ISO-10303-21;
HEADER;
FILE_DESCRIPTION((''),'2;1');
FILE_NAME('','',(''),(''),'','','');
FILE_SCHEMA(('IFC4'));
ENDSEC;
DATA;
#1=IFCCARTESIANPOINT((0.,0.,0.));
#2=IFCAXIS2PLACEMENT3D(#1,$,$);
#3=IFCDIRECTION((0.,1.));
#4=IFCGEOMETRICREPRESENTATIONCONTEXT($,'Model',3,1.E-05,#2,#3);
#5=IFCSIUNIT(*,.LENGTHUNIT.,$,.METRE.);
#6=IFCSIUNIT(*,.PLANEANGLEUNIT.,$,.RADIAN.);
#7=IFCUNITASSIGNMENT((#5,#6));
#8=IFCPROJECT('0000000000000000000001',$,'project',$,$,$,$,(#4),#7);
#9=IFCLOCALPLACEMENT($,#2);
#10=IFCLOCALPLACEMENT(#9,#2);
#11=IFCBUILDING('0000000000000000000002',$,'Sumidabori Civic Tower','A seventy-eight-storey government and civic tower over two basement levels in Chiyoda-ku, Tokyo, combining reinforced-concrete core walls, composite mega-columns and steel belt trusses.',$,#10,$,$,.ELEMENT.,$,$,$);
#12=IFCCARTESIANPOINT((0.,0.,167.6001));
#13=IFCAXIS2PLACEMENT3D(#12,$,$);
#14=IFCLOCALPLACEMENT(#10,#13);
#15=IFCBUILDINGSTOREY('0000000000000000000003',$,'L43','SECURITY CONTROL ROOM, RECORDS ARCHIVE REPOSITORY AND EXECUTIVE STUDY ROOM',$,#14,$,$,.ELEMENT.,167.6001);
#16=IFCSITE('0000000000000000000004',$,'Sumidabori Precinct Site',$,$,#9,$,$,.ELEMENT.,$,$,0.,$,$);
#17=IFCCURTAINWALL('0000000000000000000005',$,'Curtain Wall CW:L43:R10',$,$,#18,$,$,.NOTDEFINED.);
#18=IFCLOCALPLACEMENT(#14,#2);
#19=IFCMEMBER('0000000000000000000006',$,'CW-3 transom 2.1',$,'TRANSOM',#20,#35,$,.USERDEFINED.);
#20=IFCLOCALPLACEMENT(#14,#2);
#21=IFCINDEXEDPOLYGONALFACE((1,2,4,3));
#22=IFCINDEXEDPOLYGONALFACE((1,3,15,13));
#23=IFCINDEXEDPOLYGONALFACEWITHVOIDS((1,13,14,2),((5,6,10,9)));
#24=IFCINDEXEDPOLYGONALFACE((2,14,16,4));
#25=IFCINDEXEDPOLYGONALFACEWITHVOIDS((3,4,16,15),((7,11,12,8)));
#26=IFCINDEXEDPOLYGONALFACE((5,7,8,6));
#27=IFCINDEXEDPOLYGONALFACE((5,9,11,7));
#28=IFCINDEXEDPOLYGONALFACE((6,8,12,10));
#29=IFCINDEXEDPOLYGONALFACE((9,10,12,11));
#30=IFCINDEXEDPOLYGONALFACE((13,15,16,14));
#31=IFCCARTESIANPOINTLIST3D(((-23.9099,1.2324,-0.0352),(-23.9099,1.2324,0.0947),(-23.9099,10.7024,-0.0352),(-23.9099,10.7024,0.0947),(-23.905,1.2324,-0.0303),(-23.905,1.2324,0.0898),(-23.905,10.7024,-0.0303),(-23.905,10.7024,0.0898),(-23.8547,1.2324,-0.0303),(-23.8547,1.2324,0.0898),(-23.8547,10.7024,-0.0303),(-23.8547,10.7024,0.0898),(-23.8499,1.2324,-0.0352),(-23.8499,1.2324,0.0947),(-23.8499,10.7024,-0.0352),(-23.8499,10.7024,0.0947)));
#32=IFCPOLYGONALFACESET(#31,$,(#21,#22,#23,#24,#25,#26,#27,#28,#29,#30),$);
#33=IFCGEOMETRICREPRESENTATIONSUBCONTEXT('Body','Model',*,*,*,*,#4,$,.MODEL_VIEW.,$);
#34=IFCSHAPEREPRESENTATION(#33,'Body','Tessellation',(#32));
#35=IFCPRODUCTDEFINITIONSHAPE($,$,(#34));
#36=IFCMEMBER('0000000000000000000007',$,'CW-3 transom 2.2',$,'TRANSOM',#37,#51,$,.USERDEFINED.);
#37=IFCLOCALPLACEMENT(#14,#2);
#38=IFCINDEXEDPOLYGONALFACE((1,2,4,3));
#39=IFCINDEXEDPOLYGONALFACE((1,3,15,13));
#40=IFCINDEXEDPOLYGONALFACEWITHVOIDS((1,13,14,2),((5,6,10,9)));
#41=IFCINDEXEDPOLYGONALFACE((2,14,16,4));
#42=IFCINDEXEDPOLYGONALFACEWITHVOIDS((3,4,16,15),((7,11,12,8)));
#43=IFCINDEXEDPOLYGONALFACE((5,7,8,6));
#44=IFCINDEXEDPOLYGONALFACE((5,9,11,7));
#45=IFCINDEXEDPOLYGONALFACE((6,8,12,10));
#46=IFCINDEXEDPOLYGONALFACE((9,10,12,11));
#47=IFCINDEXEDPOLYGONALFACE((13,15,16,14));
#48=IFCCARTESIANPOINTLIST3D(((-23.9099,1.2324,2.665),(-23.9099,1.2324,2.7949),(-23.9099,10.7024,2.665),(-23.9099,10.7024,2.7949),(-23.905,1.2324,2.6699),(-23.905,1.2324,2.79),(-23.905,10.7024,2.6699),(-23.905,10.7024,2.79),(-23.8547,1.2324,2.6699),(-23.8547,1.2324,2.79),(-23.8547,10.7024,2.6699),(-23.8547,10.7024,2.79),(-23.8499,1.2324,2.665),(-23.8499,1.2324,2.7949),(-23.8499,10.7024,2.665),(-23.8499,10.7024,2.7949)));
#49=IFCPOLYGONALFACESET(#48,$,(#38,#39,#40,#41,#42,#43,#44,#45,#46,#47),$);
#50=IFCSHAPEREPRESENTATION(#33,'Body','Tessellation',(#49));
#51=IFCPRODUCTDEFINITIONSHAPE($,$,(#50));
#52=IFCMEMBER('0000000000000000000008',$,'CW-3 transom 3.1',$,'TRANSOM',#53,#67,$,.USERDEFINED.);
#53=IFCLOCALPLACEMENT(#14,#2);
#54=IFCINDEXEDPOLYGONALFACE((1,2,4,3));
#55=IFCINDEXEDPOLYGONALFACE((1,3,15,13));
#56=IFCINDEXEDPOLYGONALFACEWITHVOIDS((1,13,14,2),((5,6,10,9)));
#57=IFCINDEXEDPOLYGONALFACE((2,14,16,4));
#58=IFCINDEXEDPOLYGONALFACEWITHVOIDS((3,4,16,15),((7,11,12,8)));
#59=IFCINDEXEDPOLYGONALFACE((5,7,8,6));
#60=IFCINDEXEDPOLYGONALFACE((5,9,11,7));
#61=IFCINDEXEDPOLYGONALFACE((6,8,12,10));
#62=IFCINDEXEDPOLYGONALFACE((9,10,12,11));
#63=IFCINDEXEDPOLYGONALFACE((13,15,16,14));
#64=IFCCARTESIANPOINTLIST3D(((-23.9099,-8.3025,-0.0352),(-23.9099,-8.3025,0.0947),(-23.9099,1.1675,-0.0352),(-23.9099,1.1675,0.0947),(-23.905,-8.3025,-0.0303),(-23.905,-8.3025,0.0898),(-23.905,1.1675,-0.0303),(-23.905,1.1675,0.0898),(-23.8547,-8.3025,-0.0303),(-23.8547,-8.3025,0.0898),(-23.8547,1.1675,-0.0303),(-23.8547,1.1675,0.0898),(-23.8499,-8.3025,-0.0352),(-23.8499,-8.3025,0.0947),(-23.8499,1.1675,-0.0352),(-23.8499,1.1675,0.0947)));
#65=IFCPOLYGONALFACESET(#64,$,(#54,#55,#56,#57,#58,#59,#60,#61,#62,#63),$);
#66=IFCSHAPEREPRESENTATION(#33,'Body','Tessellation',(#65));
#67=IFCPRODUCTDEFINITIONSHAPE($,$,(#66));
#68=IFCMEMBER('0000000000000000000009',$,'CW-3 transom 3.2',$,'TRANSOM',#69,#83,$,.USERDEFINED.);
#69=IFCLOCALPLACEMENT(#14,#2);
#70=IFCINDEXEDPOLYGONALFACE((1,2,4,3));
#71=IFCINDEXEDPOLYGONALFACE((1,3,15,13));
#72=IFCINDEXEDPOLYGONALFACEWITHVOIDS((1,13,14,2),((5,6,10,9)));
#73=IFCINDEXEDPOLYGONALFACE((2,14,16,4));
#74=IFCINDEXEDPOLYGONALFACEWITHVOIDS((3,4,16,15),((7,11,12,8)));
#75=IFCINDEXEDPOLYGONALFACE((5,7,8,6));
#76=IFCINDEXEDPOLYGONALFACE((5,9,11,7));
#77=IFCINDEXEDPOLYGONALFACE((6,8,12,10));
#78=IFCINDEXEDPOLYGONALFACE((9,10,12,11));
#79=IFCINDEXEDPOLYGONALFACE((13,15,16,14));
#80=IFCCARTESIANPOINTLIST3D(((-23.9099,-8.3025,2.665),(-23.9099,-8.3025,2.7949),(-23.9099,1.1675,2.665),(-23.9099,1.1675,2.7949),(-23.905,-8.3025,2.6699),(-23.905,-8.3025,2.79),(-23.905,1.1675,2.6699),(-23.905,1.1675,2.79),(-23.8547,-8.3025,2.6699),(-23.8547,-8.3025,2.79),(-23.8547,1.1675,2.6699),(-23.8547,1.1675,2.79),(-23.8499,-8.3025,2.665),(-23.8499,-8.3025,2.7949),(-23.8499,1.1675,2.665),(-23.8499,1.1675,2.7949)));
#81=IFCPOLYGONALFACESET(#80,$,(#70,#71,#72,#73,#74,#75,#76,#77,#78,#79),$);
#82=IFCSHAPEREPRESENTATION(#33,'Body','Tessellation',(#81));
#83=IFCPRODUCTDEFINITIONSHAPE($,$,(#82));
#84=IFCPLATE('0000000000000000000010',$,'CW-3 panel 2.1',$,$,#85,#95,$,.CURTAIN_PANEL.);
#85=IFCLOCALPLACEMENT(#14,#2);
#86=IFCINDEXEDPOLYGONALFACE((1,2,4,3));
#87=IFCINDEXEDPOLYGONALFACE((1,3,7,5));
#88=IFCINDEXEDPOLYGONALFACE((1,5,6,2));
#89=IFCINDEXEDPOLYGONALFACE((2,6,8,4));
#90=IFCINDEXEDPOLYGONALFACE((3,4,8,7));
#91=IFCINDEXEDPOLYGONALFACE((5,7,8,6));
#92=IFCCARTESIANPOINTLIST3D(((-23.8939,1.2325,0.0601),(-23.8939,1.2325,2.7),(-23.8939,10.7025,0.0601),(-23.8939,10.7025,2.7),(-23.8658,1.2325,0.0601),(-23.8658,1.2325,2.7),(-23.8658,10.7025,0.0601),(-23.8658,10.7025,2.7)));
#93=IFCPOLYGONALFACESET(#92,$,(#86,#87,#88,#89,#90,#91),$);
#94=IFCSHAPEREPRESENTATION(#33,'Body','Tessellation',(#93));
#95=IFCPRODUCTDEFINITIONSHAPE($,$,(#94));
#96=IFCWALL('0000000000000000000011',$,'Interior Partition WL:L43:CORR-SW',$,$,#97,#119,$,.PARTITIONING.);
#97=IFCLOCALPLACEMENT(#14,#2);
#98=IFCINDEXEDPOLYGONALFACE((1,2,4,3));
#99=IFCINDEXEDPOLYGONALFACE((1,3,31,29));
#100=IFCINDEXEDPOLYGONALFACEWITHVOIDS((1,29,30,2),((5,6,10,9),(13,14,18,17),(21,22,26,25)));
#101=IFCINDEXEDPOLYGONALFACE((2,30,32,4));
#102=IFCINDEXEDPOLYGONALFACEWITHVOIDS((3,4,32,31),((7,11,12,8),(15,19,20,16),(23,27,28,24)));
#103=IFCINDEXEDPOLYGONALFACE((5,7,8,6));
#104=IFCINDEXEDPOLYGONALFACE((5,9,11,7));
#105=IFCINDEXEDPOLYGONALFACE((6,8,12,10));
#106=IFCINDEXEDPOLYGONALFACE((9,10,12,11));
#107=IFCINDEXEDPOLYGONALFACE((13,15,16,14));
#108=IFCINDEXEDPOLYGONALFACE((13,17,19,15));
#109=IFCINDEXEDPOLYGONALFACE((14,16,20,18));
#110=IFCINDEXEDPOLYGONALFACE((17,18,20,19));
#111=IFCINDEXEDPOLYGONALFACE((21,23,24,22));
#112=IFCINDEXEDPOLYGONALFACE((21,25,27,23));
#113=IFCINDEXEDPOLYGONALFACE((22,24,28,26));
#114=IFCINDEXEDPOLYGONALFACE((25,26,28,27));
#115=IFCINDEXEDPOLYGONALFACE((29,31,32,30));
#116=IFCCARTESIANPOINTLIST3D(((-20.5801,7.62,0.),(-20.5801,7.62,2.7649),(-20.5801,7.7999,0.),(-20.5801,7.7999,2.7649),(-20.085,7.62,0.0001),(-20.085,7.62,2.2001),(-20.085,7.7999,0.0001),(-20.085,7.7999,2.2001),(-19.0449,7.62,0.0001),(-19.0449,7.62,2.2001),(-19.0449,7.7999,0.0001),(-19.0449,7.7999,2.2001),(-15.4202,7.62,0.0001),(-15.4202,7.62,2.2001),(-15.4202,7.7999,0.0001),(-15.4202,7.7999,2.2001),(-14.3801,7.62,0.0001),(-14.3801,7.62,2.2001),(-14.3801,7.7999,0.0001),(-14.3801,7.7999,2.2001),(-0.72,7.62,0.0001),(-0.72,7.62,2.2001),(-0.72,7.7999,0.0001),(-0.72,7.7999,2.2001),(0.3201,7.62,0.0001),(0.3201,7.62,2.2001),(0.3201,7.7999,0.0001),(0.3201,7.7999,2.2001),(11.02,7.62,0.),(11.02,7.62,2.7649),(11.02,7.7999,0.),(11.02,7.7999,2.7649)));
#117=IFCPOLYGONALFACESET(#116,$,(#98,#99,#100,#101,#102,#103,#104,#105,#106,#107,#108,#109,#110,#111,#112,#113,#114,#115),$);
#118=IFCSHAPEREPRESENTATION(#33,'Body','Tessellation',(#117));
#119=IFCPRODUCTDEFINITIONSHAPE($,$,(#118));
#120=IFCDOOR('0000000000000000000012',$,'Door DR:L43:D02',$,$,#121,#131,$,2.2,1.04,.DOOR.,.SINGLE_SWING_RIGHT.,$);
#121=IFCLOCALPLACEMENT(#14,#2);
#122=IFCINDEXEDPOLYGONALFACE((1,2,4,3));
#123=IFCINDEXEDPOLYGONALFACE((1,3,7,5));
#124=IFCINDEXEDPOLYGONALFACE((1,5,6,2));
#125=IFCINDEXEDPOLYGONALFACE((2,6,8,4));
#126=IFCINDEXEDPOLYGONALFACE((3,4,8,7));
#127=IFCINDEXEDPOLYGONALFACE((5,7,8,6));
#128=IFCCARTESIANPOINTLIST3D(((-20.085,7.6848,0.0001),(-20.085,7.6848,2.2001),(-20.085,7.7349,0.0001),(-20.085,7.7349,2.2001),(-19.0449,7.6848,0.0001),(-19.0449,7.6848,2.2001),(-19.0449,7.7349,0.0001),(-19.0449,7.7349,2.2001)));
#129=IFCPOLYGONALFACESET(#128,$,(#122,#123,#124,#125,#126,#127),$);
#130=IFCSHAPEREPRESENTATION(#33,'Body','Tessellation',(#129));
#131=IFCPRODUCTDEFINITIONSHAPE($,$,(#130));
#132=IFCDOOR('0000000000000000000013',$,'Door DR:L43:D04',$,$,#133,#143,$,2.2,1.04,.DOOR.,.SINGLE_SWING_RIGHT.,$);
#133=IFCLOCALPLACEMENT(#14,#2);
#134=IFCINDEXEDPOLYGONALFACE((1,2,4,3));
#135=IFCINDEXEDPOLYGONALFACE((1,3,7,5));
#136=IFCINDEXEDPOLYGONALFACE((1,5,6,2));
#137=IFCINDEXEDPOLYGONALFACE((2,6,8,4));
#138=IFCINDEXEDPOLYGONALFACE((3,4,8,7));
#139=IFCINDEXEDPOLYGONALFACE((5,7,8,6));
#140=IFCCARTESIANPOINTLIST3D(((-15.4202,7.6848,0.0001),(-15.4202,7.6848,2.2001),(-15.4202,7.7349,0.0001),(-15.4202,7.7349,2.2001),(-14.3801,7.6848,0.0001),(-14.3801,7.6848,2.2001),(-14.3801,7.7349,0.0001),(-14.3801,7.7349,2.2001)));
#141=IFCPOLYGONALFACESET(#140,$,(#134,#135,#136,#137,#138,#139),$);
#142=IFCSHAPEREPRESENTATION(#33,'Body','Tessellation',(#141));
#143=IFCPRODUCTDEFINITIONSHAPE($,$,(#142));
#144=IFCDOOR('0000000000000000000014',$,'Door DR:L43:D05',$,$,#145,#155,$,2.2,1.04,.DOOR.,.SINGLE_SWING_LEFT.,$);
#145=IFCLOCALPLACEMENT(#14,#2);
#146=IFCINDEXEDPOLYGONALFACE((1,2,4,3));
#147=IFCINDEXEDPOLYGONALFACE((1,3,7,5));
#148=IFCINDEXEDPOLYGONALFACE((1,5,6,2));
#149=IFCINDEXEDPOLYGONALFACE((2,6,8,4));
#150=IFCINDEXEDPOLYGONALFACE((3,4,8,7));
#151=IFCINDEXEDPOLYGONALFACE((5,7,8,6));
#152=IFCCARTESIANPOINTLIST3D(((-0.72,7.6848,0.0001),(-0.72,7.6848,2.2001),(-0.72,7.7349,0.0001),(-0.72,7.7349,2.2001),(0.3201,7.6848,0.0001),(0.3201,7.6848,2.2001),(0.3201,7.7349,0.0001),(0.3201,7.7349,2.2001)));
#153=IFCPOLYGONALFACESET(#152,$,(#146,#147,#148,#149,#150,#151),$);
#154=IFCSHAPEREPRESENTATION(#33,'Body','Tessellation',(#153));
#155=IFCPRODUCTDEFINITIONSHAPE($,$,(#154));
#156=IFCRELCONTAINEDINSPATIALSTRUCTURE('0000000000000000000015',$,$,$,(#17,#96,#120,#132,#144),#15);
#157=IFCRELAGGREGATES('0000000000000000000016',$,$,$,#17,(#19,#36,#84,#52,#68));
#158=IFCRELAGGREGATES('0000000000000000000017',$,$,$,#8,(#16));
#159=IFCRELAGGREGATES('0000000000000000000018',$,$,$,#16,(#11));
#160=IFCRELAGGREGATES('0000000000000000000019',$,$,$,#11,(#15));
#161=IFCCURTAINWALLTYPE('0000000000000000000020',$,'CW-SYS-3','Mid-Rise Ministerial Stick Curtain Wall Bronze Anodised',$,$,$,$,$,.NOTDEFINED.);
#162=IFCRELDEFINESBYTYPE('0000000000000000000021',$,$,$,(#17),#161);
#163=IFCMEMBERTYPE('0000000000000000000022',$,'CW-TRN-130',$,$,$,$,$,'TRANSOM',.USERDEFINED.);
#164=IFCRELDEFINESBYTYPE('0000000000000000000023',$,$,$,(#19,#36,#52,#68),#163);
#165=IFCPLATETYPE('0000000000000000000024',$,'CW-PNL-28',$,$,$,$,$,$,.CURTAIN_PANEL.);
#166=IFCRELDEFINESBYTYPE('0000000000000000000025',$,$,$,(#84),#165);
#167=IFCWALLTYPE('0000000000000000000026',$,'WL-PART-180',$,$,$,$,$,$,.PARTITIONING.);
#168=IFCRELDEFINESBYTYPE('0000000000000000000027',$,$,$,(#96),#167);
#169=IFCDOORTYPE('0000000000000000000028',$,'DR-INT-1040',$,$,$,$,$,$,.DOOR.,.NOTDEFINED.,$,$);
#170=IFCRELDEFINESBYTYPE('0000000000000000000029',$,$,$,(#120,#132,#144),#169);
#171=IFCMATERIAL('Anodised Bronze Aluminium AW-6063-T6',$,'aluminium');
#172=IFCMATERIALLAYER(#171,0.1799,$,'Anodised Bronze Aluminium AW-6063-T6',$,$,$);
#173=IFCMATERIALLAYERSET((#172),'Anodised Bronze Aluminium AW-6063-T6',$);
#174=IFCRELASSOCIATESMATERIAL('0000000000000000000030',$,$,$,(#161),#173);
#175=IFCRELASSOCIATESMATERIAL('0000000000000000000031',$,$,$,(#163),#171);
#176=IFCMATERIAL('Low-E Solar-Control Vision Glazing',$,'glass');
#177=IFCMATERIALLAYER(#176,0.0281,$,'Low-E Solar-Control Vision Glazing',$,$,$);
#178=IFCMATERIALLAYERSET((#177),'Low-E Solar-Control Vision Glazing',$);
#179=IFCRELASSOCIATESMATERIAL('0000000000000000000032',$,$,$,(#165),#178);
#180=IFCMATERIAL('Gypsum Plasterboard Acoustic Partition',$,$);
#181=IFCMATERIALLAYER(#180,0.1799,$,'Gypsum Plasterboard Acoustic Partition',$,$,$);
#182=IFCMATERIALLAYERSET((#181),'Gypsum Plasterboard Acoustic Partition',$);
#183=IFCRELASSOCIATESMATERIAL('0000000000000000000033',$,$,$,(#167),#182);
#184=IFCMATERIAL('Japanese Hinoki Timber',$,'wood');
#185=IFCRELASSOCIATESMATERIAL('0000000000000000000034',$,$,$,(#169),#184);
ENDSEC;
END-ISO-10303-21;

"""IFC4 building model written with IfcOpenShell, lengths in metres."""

from ifc_helpers import new_model, si_unit, direction, frame, frame_2d, origin, origin_2d, place, context, subcontext, project, spatial, rectangle, hollow_rectangle, extrude, source, transform, mapped, material, layer, layer_set, material_profile, profile_set, type_object, element, fill, aggregate, save


model = new_model("IFC4")

# Units and contexts
model_context = context("Model", 3, precision=1e-05, world=origin(), true_north=direction((0.0, 1.0)))
body_context = subcontext(model_context, "Body", "Model", "MODEL_VIEW")
ifc_project = project(units=[si_unit("LENGTHUNIT", "METRE"), si_unit("PLANEANGLEUNIT", "RADIAN")], contexts=[model_context])

# Site, building, storey
site_placement = place(None, origin())
site = spatial("IfcSite", under=ifc_project, at=site_placement, Name="Sumidabori Precinct Site", CompositionType="ELEMENT", RefElevation=0.0)
building_placement = place(site_placement, origin())
building = spatial("IfcBuilding", under=site, at=building_placement, Name="Sumidabori Civic Tower", Description="A seventy-eight-storey government and civic tower over two basement levels in Chiyoda-ku, Tokyo, combining reinforced-concrete core walls, composite mega-columns and steel belt trusses.", CompositionType="ELEMENT")
storey_placement = place(building_placement, frame((0.0, 0.0, 167.6001)))
storey = spatial("IfcBuildingStorey", under=building, at=storey_placement, Name="L43", Description="SECURITY CONTROL ROOM, RECORDS ARCHIVE REPOSITORY AND EXECUTIVE STUDY ROOM", CompositionType="ELEMENT", Elevation=167.6001)

# Curtain wall, members, plate
ifc_material_1 = material(Name="Anodised Bronze Aluminium AW-6063-T6", Category="aluminium")
ifc_layer_1 = layer(ifc_material_1, 0.1799, Name="Anodised Bronze Aluminium AW-6063-T6")
ifc_layer_set_1 = layer_set([ifc_layer_1], Name="Anodised Bronze Aluminium AW-6063-T6")
curtain_wall_type = type_object("IfcCurtainWallType", Name="CW-SYS-3", Description="Mid-Rise Ministerial Stick Curtain Wall Bronze Anodised", PredefinedType="NOTDEFINED", material=ifc_layer_set_1)
curtain_wall_placement = place(storey_placement, origin())
curtain_wall = element("IfcCurtainWall", 1, at=curtain_wall_placement, inside=storey, type_object=curtain_wall_type, Name="Curtain Wall CW:L43:R10", PredefinedType="NOTDEFINED")
ifc_material_profile_1 = material_profile(ifc_material_1, hollow_rectangle(XDim=0.0601, YDim=0.1299, WallThickness=0.0049, at=origin_2d()), Name="ALU TRANSOM 130x60")
ifc_profile_set_1 = profile_set([ifc_material_profile_1], Name="Anodised Bronze Aluminium AW-6063-T6")
member_type_1 = type_object("IfcMemberType", Name="CW-TRN-130", ElementType="TRANSOM", PredefinedType="USERDEFINED", material=ifc_profile_set_1)
shared_shape_1 = source(origin(), body_context, "Body", "SweptSolid", [
    extrude(hollow_rectangle(XDim=0.0601, YDim=0.1299, WallThickness=0.0049, at=origin_2d()), origin(), (0.0, 0.0, 1.0), 9.47),
])
member_1_placement = place(storey_placement, frame((-23.8799, 10.7024, 0.0298), z_axis=(0.0, -1.0, 0.0), x_axis=(1.0, 0.0, 0.0)))
member_1 = element("IfcMember", 2, at=member_1_placement, type_object=member_type_1, Name="CW-3 transom 2.1", ObjectType="TRANSOM", PredefinedType="USERDEFINED", context=body_context, shape_type="MappedRepresentation", body=[
    mapped(shared_shape_1, transform((0.0, 0.0, 0.0), x_axis=(1.0, 0.0, 0.0), y_axis=(0.0, 1.0, 0.0), z_axis=(0.0, 0.0, 1.0), scale=1.0)),
])
member_2_placement = place(storey_placement, frame((-23.8799, 10.7024, 2.73), z_axis=(0.0, -1.0, 0.0), x_axis=(1.0, 0.0, 0.0)))
member_2 = element("IfcMember", 3, at=member_2_placement, type_object=member_type_1, Name="CW-3 transom 2.2", ObjectType="TRANSOM", PredefinedType="USERDEFINED", context=body_context, shape_type="MappedRepresentation", body=[
    mapped(shared_shape_1, transform((0.0, 0.0, 0.0), x_axis=(1.0, 0.0, 0.0), y_axis=(0.0, 1.0, 0.0), z_axis=(0.0, 0.0, 1.0), scale=1.0)),
])
member_3_placement = place(storey_placement, frame((-23.8799, 1.1675, 0.0298), z_axis=(0.0, -1.0, 0.0), x_axis=(1.0, 0.0, 0.0)))
member_3 = element("IfcMember", 4, at=member_3_placement, type_object=member_type_1, Name="CW-3 transom 3.1", ObjectType="TRANSOM", PredefinedType="USERDEFINED", context=body_context, shape_type="MappedRepresentation", body=[
    mapped(shared_shape_1, transform((0.0, 0.0, 0.0), x_axis=(1.0, 0.0, 0.0), y_axis=(0.0, 1.0, 0.0), z_axis=(0.0, 0.0, 1.0), scale=1.0)),
])
member_4_placement = place(storey_placement, frame((-23.8799, 1.1675, 2.73), z_axis=(0.0, -1.0, 0.0), x_axis=(1.0, 0.0, 0.0)))
member_4 = element("IfcMember", 5, at=member_4_placement, type_object=member_type_1, Name="CW-3 transom 3.2", ObjectType="TRANSOM", PredefinedType="USERDEFINED", context=body_context, shape_type="MappedRepresentation", body=[
    mapped(shared_shape_1, transform((0.0, 0.0, 0.0), x_axis=(1.0, 0.0, 0.0), y_axis=(0.0, 1.0, 0.0), z_axis=(0.0, 0.0, 1.0), scale=1.0)),
])
ifc_material_2 = material(Name="Low-E Solar-Control Vision Glazing", Category="glass")
ifc_layer_2 = layer(ifc_material_2, 0.0281, Name="Low-E Solar-Control Vision Glazing")
ifc_layer_set_2 = layer_set([ifc_layer_2], Name="Low-E Solar-Control Vision Glazing")
plate_type = type_object("IfcPlateType", Name="CW-PNL-28", PredefinedType="CURTAIN_PANEL", material=ifc_layer_set_2)
shared_shape_2 = source(origin(), body_context, "Body", "SweptSolid", [
    extrude(rectangle(XDim=9.47, YDim=0.0281, at=origin_2d()), origin(), (0.0, 0.0, 1.0), 2.6399),
])
plate_placement = place(storey_placement, frame((-23.8799, 5.9675, 0.0601), z_axis=(0.0, 0.0, 1.0), x_axis=(0.0, -1.0, 0.0)))
plate = element("IfcPlate", 6, at=plate_placement, type_object=plate_type, Name="CW-3 panel 2.1", PredefinedType="CURTAIN_PANEL", context=body_context, shape_type="MappedRepresentation", body=[
    mapped(shared_shape_2, transform((0.0, 0.0, 0.0), x_axis=(1.0, 0.0, 0.0), y_axis=(0.0, 1.0, 0.0), z_axis=(0.0, 0.0, 1.0), scale=1.0)),
])
aggregate(curtain_wall, [member_1, member_2, plate, member_3, member_4])

# Shared definitions
ifc_material_3 = material(Name="Gypsum Plasterboard Acoustic Partition")
ifc_layer_3 = layer(ifc_material_3, 0.1799, Name="Gypsum Plasterboard Acoustic Partition")
ifc_layer_set_3 = layer_set([ifc_layer_3], Name="Gypsum Plasterboard Acoustic Partition")
wall_type = type_object("IfcWallType", Name="WL-PART-180", PredefinedType="PARTITIONING", material=ifc_layer_set_3)
ifc_material_4 = material(Name="Japanese Hinoki Timber", Category="wood")

# Wall, openings, doors
shared_shape_3 = source(origin(), body_context, "Body", "SweptSolid", [
    extrude(rectangle(XDim=31.6001, YDim=0.1799, at=frame_2d((15.8, 0.0))), origin(), (0.0, 0.0, 1.0), 2.7649),
])
wall_1_placement = place(storey_placement, frame((-20.5801, 7.71, 0.0), z_axis=(0.0, 0.0, 1.0), x_axis=(1.0, 0.0, 0.0)))
wall_1 = element("IfcWall", 7, at=wall_1_placement, inside=storey, type_object=wall_type, Name="Interior Partition WL:L43:CORR-SW", PredefinedType="PARTITIONING", context=body_context, shape_type="MappedRepresentation", body=[
    mapped(shared_shape_3, transform((0.0, 0.0, 0.0), x_axis=(1.0, 0.0, 0.0), y_axis=(0.0, 1.0, 0.0), z_axis=(0.0, 0.0, 1.0), scale=1.0)),
])
opening_1_placement = place(wall_1_placement, frame((0.4951, 0.0, 0.0)))
opening_1 = element("IfcOpeningElement", 8, at=opening_1_placement, cuts=wall_1, PredefinedType="OPENING", context=body_context, shape_type="SweptSolid", body=[
    extrude(rectangle(XDim=1.04, YDim=2.2, at=frame_2d((0.52, 1.1001))), frame((0.0, 0.1021, 0.0), z_axis=(0.0, -1.0, 0.0), x_axis=(1.0, 0.0, 0.0)), (0.0, 0.0, 1.0), 0.2039),
])
opening_2_placement = place(wall_1_placement, frame((5.1599, 0.0, 0.0)))
opening_2 = element("IfcOpeningElement", 9, at=opening_2_placement, cuts=wall_1, PredefinedType="OPENING", context=body_context, shape_type="SweptSolid", body=[
    extrude(rectangle(XDim=1.04, YDim=2.2, at=frame_2d((0.52, 1.1001))), frame((0.0, 0.1021, 0.0), z_axis=(0.0, -1.0, 0.0), x_axis=(1.0, 0.0, 0.0)), (0.0, 0.0, 1.0), 0.2039),
])
opening_3_placement = place(wall_1_placement, frame((19.8601, 0.0, 0.0)))
opening_3 = element("IfcOpeningElement", 10, at=opening_3_placement, cuts=wall_1, PredefinedType="OPENING", context=body_context, shape_type="SweptSolid", body=[
    extrude(rectangle(XDim=1.04, YDim=2.2, at=frame_2d((0.52, 1.1001))), frame((0.0, 0.1021, 0.0), z_axis=(0.0, -1.0, 0.0), x_axis=(1.0, 0.0, 0.0)), (0.0, 0.0, 1.0), 0.2039),
])
door_type_1 = type_object("IfcDoorType", Name="DR-INT-1040", OperationType="NOTDEFINED", PredefinedType="DOOR", material=ifc_material_4)
shared_shape_4 = source(origin(), body_context, "Body", "SweptSolid", [
    extrude(rectangle(XDim=1.04, YDim=2.2, at=frame_2d((0.52, 1.1001))), frame((0.0, 0.0249, 0.0), z_axis=(0.0, -1.0, 0.0), x_axis=(1.0, 0.0, 0.0)), (0.0, 0.0, 1.0), 0.05),
])
door_1_placement = place(opening_1_placement, origin())
door_1 = element("IfcDoor", 11, at=door_1_placement, inside=storey, type_object=door_type_1, Name="Door DR:L43:D02", OperationType="SINGLE_SWING_RIGHT", OverallHeight=2.2, OverallWidth=1.04, PredefinedType="DOOR", context=body_context, shape_type="MappedRepresentation", body=[
    mapped(shared_shape_4, transform((0.0, 0.0, 0.0), x_axis=(1.0, 0.0, 0.0), y_axis=(0.0, 1.0, 0.0), z_axis=(0.0, 0.0, 1.0), scale=1.0)),
])
fill(opening_1, door_1)
door_2_placement = place(opening_2_placement, origin())
door_2 = element("IfcDoor", 12, at=door_2_placement, inside=storey, type_object=door_type_1, Name="Door DR:L43:D04", OperationType="SINGLE_SWING_RIGHT", OverallHeight=2.2, OverallWidth=1.04, PredefinedType="DOOR", context=body_context, shape_type="MappedRepresentation", body=[
    mapped(shared_shape_4, transform((0.0, 0.0, 0.0), x_axis=(1.0, 0.0, 0.0), y_axis=(0.0, 1.0, 0.0), z_axis=(0.0, 0.0, 1.0), scale=1.0)),
])
fill(opening_2, door_2)
door_3_placement = place(opening_3_placement, origin())
door_3 = element("IfcDoor", 13, at=door_3_placement, inside=storey, type_object=door_type_1, Name="Door DR:L43:D05", OperationType="SINGLE_SWING_LEFT", OverallHeight=2.2, OverallWidth=1.04, PredefinedType="DOOR", context=body_context, shape_type="MappedRepresentation", body=[
    mapped(shared_shape_4, transform((0.0, 0.0, 0.0), x_axis=(1.0, 0.0, 0.0), y_axis=(0.0, 1.0, 0.0), z_axis=(0.0, 0.0, 1.0), scale=1.0)),
])
fill(opening_3, door_3)

save(model, "model.ifc")
